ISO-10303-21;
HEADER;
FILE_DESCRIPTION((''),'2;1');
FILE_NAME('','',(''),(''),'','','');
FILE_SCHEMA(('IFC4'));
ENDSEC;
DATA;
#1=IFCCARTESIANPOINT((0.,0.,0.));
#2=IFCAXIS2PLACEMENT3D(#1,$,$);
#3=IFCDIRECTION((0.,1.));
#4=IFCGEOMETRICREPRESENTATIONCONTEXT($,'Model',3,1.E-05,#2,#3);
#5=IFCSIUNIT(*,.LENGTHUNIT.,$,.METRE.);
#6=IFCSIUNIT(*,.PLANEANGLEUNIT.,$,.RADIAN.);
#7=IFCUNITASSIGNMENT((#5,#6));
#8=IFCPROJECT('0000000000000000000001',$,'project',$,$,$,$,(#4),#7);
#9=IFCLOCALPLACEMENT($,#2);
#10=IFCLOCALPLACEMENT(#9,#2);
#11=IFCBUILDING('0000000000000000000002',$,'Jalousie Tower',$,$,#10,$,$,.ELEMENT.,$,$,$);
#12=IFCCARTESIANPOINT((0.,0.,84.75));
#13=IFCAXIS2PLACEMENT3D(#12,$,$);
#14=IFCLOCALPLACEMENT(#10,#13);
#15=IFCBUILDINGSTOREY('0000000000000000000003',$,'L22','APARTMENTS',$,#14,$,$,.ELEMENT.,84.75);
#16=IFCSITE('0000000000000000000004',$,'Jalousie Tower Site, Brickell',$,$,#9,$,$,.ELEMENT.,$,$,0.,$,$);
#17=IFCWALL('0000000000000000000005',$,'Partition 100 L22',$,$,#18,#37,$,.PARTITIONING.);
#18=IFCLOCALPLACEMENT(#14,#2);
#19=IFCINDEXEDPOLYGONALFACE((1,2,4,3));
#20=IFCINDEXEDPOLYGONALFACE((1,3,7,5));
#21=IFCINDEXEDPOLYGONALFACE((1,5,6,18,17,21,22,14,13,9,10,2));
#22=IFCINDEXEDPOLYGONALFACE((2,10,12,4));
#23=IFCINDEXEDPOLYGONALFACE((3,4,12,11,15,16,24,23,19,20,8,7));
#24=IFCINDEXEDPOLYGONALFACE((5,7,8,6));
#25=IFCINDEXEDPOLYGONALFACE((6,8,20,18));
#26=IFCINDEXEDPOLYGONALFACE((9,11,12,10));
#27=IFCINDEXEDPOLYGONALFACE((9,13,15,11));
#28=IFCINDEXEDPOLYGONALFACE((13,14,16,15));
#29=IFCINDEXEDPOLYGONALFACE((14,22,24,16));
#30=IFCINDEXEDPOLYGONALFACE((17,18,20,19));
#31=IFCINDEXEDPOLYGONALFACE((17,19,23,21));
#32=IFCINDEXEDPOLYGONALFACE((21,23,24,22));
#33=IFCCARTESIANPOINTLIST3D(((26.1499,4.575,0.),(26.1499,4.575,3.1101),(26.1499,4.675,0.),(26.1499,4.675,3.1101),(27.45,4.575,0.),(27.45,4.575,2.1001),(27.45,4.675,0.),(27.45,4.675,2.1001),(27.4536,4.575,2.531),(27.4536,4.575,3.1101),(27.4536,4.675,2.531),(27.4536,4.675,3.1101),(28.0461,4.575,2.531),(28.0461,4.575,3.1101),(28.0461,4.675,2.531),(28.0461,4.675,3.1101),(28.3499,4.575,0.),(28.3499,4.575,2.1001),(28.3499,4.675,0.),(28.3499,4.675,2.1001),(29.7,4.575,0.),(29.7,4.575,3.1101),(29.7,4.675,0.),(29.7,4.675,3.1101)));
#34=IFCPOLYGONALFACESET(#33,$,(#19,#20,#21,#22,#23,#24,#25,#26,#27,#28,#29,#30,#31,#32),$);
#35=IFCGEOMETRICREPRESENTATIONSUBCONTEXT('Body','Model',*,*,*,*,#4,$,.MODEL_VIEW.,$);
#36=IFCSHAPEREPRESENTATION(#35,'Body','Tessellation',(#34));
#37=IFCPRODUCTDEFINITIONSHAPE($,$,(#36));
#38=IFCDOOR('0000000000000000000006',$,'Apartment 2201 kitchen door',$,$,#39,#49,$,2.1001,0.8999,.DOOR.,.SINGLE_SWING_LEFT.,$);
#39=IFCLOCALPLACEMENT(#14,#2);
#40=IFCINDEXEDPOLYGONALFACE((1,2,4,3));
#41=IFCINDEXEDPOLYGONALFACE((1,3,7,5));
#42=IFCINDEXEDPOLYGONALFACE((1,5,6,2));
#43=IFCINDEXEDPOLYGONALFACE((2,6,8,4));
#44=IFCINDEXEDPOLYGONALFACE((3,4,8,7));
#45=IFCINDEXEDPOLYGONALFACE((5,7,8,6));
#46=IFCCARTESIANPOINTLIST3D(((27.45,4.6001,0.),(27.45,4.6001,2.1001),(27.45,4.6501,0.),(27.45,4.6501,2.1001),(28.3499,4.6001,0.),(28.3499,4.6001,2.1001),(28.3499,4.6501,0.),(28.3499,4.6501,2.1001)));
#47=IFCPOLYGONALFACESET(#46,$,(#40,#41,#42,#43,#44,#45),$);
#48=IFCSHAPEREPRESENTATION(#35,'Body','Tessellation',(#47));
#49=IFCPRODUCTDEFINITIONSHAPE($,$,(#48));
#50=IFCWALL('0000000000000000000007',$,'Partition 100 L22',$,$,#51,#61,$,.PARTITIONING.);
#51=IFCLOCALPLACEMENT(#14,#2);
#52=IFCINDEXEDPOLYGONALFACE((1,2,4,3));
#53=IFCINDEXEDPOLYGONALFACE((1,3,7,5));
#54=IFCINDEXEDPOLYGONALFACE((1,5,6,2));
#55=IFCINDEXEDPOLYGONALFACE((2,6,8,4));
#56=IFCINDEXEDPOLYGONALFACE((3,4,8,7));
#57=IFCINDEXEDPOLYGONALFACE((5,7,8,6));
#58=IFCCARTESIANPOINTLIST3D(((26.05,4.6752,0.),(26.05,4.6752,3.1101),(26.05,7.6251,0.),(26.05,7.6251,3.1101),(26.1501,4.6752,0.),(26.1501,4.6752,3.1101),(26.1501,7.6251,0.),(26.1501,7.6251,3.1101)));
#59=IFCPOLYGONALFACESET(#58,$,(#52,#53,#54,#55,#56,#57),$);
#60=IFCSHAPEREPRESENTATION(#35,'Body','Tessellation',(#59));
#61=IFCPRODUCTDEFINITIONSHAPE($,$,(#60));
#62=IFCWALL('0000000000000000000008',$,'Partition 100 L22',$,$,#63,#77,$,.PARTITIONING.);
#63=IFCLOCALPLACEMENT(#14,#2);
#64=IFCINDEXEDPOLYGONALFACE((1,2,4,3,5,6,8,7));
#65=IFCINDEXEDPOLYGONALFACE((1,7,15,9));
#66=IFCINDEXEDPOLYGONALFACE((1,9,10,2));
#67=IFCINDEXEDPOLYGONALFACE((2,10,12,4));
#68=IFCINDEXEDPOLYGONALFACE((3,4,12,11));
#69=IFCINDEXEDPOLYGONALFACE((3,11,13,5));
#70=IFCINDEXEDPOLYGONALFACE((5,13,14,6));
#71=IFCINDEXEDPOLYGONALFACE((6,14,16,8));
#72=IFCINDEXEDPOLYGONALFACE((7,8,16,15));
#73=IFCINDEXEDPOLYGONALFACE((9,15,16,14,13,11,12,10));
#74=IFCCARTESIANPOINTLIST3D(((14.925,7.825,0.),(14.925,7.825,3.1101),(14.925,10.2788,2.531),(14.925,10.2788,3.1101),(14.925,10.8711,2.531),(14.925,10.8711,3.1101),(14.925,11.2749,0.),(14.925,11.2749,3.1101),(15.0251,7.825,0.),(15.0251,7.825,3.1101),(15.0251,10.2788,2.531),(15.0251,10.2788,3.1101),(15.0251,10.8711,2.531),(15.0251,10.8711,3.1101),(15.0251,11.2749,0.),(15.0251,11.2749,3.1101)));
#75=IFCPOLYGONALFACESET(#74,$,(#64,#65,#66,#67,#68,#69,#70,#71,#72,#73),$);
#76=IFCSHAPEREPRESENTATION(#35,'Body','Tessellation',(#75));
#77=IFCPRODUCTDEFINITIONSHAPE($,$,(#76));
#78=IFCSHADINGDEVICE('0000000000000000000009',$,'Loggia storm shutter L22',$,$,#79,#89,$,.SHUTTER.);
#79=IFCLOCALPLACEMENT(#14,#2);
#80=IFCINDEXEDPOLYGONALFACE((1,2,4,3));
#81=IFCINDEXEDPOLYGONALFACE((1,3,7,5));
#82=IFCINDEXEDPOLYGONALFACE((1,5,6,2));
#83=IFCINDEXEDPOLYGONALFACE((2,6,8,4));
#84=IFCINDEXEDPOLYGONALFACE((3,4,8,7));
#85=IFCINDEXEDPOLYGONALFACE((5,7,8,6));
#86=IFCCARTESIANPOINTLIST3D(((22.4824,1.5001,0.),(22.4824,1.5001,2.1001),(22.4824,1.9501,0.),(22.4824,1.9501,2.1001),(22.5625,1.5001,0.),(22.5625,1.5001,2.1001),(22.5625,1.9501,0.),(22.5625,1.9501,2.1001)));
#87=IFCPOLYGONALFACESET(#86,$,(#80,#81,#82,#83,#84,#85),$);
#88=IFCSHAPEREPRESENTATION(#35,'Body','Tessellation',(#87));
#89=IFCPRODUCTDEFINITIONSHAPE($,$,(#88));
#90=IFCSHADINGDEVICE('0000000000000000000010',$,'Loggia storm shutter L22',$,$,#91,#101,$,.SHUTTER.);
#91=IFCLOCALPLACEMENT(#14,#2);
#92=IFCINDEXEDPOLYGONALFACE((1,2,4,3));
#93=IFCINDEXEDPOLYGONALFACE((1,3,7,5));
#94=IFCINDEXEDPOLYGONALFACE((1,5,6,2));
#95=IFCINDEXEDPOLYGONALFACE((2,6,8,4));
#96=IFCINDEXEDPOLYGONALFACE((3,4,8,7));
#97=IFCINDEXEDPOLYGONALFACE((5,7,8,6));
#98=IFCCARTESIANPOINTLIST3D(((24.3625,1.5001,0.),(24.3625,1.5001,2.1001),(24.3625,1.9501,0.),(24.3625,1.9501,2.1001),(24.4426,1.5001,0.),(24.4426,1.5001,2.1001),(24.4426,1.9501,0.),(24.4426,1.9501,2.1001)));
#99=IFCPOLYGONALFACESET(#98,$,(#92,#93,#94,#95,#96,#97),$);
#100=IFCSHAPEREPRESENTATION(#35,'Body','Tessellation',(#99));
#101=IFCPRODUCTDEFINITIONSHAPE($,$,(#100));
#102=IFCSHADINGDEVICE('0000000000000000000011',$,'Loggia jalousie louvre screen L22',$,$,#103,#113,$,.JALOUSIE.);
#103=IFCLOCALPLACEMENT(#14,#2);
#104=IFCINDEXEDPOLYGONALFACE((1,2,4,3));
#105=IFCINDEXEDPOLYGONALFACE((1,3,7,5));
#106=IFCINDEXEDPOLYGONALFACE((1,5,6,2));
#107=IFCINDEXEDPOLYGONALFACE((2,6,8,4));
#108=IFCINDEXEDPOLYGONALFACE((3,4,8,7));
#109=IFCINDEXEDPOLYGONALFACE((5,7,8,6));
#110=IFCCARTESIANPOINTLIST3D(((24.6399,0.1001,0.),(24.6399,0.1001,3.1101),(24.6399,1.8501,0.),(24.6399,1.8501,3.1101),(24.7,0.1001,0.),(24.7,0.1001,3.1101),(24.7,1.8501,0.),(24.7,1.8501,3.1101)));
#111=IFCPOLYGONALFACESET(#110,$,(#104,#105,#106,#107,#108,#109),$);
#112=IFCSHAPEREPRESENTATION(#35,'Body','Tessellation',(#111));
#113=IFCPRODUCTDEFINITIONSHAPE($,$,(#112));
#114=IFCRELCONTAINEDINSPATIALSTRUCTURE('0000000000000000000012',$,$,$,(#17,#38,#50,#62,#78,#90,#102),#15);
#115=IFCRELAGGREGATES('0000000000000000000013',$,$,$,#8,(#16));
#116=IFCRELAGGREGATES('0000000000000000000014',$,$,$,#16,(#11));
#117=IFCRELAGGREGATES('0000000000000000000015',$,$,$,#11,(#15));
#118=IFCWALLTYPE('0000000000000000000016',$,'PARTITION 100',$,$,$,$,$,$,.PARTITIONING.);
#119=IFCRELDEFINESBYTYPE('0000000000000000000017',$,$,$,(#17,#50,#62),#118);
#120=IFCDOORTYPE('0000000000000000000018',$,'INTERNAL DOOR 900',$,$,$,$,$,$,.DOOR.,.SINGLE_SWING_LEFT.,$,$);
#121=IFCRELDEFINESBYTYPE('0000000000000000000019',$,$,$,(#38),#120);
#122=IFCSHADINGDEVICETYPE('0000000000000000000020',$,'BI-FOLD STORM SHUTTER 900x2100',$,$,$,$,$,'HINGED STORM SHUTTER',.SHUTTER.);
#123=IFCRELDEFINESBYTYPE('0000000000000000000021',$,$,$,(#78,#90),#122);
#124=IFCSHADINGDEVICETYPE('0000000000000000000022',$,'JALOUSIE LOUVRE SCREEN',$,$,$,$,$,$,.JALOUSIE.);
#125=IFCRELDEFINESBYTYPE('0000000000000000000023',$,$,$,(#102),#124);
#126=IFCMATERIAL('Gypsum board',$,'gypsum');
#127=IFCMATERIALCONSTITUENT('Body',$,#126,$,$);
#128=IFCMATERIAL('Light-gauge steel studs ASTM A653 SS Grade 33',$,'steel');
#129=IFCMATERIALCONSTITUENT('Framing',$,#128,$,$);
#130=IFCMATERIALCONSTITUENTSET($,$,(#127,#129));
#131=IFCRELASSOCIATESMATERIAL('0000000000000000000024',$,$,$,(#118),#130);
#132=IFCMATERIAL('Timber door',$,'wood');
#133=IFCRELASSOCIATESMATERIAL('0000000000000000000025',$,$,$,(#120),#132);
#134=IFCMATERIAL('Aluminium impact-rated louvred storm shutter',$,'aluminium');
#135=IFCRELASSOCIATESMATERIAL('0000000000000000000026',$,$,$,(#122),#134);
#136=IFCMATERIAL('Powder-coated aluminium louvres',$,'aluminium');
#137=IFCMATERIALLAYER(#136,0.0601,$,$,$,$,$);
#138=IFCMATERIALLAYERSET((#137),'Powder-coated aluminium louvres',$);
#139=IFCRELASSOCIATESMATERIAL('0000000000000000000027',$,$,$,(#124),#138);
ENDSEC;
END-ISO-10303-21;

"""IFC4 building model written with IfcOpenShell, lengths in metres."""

from ifc_helpers import new_model, si_unit, direction, frame, frame_2d, origin, origin_2d, place, context, subcontext, project, spatial, polyline, rectangle, outline, extrude, material, layer, layer_set, constituent, constituent_set, type_object, element, fill, save


model = new_model("IFC4")

# Units and contexts
model_context = context("Model", 3, precision=1e-05, world=origin(), true_north=direction((0.0, 1.0)))
body_context = subcontext(model_context, "Body", "Model", "MODEL_VIEW")
ifc_project = project(units=[si_unit("LENGTHUNIT", "METRE"), si_unit("PLANEANGLEUNIT", "RADIAN")], contexts=[model_context])

# Site, building, storey
site_placement = place(None, origin())
site = spatial("IfcSite", under=ifc_project, at=site_placement, Name="Jalousie Tower Site, Brickell", CompositionType="ELEMENT", RefElevation=0.0)
building_placement = place(site_placement, origin())
building = spatial("IfcBuilding", under=site, at=building_placement, Name="Jalousie Tower", CompositionType="ELEMENT")
storey_placement = place(building_placement, frame((0.0, 0.0, 84.75)))
storey = spatial("IfcBuildingStorey", under=building, at=storey_placement, Name="L22", Description="APARTMENTS", CompositionType="ELEMENT", Elevation=84.75)

# Wall, opening, door
ifc_material_1 = material(Name="Gypsum board", Category="gypsum")
ifc_constituent_1 = constituent(ifc_material_1, Name="Body")
ifc_material_2 = material(Name="Light-gauge steel studs ASTM A653 SS Grade 33", Category="steel")
ifc_constituent_2 = constituent(ifc_material_2, Name="Framing")
ifc_constituent_set_1 = constituent_set(constituents=[ifc_constituent_1, ifc_constituent_2])
wall_type_1 = type_object("IfcWallType", Name="PARTITION 100", PredefinedType="PARTITIONING", material=ifc_constituent_set_1)
wall_1_placement = place(storey_placement, frame((26.1499, 4.625, 0.0), z_axis=(0.0, 0.0, 1.0), x_axis=(1.0, 0.0, 0.0)))
wall_1 = element("IfcWall", 1, at=wall_1_placement, inside=storey, type_object=wall_type_1, Name="Partition 100 L22", PredefinedType="PARTITIONING", context=body_context, shape_type="SweptSolid", body=[
    extrude(outline(polyline([(0.0, 0.0), (3.55, 0.0), (3.55, 3.1101), (1.8962, 3.1101), (1.8962, 2.531), (1.3037, 2.531), (1.3037, 3.1101), (0.0, 3.1101), (0.0, 0.0)])), frame((0.0, 0.05, 0.0), z_axis=(0.0, -1.0, 0.0), x_axis=(1.0, 0.0, 0.0)), (0.0, 0.0, 1.0), 0.1001),
])
opening_1_placement = place(wall_1_placement, frame((1.3, 0.0, 0.0)))
opening_1 = element("IfcOpeningElement", 2, at=opening_1_placement, cuts=wall_1, PredefinedType="OPENING", context=body_context, shape_type="SweptSolid", body=[
    extrude(rectangle(XDim=0.8999, YDim=2.1001, at=frame_2d((0.45, 1.05))), frame((0.0, 0.0601, 0.0), z_axis=(0.0, -1.0, 0.0), x_axis=(1.0, 0.0, 0.0)), (0.0, 0.0, 1.0), 0.1201),
])
ifc_material_3 = material(Name="Timber door", Category="wood")
door_type_1 = type_object("IfcDoorType", Name="INTERNAL DOOR 900", OperationType="SINGLE_SWING_LEFT", PredefinedType="DOOR", material=ifc_material_3)
door_1_placement = place(opening_1_placement, frame((0.8999, 0.0, 0.0), z_axis=(0.0, 0.0, 1.0), x_axis=(-1.0, 0.0, 0.0)))
door_1 = element("IfcDoor", 3, at=door_1_placement, inside=storey, type_object=door_type_1, Name="Apartment 2201 kitchen door", OperationType="SINGLE_SWING_LEFT", OverallHeight=2.1001, OverallWidth=0.8999, PredefinedType="DOOR", context=body_context, shape_type="SweptSolid", body=[
    extrude(rectangle(XDim=0.8999, YDim=2.1001, at=frame_2d((0.45, 1.05))), frame((0.0, 0.0249, 0.0), z_axis=(0.0, -1.0, 0.0), x_axis=(1.0, 0.0, 0.0)), (0.0, 0.0, 1.0), 0.05),
])
fill(opening_1, door_1)

# Walls
wall_2_placement = place(storey_placement, frame((26.1001, 4.675, 0.0), z_axis=(0.0, 0.0, 1.0), x_axis=(0.0, 1.0, 0.0)))
element("IfcWall", 4, at=wall_2_placement, inside=storey, type_object=wall_type_1, Name="Partition 100 L22", PredefinedType="PARTITIONING", context=body_context, shape_type="SweptSolid", body=[
    extrude(rectangle(XDim=2.95, YDim=0.1001, at=frame_2d((1.4751, 0.0))), origin(), (0.0, 0.0, 1.0), 3.1101),
])
wall_3_placement = place(storey_placement, frame((14.9751, 7.825, 0.0), z_axis=(0.0, 0.0, 1.0), x_axis=(0.0, 1.0, 0.0)))
element("IfcWall", 5, at=wall_3_placement, inside=storey, type_object=wall_type_1, Name="Partition 100 L22", PredefinedType="PARTITIONING", context=body_context, shape_type="SweptSolid", body=[
    extrude(outline(polyline([(0.0, 0.0), (3.45, 0.0), (3.45, 3.1101), (3.0461, 3.1101), (3.0461, 2.531), (2.4539, 2.531), (2.4539, 3.1101), (0.0, 3.1101), (0.0, 0.0)])), frame((0.0, 0.05, 0.0), z_axis=(0.0, -1.0, 0.0), x_axis=(1.0, 0.0, 0.0)), (0.0, 0.0, 1.0), 0.1001),
])

# Shading devices
ifc_material_4 = material(Name="Aluminium impact-rated louvred storm shutter", Category="aluminium")
shading_device_type_1 = type_object("IfcShadingDeviceType", Name="BI-FOLD STORM SHUTTER 900x2100", ElementType="HINGED STORM SHUTTER", PredefinedType="SHUTTER", material=ifc_material_4)
for number, where, z_axis, x_axis, name in (
    (6, (22.5225, 1.7251, 0.0), (0.0, 0.0, 1.0), (0.0, 1.0, 0.0), "Loggia storm shutter L22"),
    (7, (24.4026, 1.7251, 0.0), (0.0, 0.0, 1.0), (0.0, 1.0, 0.0), "Loggia storm shutter L22"),
):
    element("IfcShadingDevice", number, at=place(storey_placement, frame(where, z_axis=z_axis, x_axis=x_axis)), inside=storey, type_object=shading_device_type_1, Name=name, PredefinedType="SHUTTER", context=body_context, shape_type="SweptSolid", body=[
        extrude(rectangle(XDim=0.45, YDim=0.0801, at=origin_2d()), origin(), (0.0, 0.0, 1.0), 2.1001),
    ])
ifc_material_5 = material(Name="Powder-coated aluminium louvres", Category="aluminium")
ifc_layer = layer(ifc_material_5, 0.0601)
ifc_layer_set = layer_set([ifc_layer], Name="Powder-coated aluminium louvres")
shading_device_type_2 = type_object("IfcShadingDeviceType", Name="JALOUSIE LOUVRE SCREEN", PredefinedType="JALOUSIE", material=ifc_layer_set)
shading_device_placement = place(storey_placement, frame((24.6699, 0.9751, 0.0), z_axis=(0.0, 0.0, 1.0), x_axis=(1.0, 0.0, 0.0)))
element("IfcShadingDevice", 8, at=shading_device_placement, inside=storey, type_object=shading_device_type_2, Name="Loggia jalousie louvre screen L22", PredefinedType="JALOUSIE", context=body_context, shape_type="SweptSolid", body=[
    extrude(rectangle(XDim=0.0601, YDim=1.75, at=origin_2d()), origin(), (0.0, 0.0, 1.0), 3.1101),
])

save(model, "model.ifc")
